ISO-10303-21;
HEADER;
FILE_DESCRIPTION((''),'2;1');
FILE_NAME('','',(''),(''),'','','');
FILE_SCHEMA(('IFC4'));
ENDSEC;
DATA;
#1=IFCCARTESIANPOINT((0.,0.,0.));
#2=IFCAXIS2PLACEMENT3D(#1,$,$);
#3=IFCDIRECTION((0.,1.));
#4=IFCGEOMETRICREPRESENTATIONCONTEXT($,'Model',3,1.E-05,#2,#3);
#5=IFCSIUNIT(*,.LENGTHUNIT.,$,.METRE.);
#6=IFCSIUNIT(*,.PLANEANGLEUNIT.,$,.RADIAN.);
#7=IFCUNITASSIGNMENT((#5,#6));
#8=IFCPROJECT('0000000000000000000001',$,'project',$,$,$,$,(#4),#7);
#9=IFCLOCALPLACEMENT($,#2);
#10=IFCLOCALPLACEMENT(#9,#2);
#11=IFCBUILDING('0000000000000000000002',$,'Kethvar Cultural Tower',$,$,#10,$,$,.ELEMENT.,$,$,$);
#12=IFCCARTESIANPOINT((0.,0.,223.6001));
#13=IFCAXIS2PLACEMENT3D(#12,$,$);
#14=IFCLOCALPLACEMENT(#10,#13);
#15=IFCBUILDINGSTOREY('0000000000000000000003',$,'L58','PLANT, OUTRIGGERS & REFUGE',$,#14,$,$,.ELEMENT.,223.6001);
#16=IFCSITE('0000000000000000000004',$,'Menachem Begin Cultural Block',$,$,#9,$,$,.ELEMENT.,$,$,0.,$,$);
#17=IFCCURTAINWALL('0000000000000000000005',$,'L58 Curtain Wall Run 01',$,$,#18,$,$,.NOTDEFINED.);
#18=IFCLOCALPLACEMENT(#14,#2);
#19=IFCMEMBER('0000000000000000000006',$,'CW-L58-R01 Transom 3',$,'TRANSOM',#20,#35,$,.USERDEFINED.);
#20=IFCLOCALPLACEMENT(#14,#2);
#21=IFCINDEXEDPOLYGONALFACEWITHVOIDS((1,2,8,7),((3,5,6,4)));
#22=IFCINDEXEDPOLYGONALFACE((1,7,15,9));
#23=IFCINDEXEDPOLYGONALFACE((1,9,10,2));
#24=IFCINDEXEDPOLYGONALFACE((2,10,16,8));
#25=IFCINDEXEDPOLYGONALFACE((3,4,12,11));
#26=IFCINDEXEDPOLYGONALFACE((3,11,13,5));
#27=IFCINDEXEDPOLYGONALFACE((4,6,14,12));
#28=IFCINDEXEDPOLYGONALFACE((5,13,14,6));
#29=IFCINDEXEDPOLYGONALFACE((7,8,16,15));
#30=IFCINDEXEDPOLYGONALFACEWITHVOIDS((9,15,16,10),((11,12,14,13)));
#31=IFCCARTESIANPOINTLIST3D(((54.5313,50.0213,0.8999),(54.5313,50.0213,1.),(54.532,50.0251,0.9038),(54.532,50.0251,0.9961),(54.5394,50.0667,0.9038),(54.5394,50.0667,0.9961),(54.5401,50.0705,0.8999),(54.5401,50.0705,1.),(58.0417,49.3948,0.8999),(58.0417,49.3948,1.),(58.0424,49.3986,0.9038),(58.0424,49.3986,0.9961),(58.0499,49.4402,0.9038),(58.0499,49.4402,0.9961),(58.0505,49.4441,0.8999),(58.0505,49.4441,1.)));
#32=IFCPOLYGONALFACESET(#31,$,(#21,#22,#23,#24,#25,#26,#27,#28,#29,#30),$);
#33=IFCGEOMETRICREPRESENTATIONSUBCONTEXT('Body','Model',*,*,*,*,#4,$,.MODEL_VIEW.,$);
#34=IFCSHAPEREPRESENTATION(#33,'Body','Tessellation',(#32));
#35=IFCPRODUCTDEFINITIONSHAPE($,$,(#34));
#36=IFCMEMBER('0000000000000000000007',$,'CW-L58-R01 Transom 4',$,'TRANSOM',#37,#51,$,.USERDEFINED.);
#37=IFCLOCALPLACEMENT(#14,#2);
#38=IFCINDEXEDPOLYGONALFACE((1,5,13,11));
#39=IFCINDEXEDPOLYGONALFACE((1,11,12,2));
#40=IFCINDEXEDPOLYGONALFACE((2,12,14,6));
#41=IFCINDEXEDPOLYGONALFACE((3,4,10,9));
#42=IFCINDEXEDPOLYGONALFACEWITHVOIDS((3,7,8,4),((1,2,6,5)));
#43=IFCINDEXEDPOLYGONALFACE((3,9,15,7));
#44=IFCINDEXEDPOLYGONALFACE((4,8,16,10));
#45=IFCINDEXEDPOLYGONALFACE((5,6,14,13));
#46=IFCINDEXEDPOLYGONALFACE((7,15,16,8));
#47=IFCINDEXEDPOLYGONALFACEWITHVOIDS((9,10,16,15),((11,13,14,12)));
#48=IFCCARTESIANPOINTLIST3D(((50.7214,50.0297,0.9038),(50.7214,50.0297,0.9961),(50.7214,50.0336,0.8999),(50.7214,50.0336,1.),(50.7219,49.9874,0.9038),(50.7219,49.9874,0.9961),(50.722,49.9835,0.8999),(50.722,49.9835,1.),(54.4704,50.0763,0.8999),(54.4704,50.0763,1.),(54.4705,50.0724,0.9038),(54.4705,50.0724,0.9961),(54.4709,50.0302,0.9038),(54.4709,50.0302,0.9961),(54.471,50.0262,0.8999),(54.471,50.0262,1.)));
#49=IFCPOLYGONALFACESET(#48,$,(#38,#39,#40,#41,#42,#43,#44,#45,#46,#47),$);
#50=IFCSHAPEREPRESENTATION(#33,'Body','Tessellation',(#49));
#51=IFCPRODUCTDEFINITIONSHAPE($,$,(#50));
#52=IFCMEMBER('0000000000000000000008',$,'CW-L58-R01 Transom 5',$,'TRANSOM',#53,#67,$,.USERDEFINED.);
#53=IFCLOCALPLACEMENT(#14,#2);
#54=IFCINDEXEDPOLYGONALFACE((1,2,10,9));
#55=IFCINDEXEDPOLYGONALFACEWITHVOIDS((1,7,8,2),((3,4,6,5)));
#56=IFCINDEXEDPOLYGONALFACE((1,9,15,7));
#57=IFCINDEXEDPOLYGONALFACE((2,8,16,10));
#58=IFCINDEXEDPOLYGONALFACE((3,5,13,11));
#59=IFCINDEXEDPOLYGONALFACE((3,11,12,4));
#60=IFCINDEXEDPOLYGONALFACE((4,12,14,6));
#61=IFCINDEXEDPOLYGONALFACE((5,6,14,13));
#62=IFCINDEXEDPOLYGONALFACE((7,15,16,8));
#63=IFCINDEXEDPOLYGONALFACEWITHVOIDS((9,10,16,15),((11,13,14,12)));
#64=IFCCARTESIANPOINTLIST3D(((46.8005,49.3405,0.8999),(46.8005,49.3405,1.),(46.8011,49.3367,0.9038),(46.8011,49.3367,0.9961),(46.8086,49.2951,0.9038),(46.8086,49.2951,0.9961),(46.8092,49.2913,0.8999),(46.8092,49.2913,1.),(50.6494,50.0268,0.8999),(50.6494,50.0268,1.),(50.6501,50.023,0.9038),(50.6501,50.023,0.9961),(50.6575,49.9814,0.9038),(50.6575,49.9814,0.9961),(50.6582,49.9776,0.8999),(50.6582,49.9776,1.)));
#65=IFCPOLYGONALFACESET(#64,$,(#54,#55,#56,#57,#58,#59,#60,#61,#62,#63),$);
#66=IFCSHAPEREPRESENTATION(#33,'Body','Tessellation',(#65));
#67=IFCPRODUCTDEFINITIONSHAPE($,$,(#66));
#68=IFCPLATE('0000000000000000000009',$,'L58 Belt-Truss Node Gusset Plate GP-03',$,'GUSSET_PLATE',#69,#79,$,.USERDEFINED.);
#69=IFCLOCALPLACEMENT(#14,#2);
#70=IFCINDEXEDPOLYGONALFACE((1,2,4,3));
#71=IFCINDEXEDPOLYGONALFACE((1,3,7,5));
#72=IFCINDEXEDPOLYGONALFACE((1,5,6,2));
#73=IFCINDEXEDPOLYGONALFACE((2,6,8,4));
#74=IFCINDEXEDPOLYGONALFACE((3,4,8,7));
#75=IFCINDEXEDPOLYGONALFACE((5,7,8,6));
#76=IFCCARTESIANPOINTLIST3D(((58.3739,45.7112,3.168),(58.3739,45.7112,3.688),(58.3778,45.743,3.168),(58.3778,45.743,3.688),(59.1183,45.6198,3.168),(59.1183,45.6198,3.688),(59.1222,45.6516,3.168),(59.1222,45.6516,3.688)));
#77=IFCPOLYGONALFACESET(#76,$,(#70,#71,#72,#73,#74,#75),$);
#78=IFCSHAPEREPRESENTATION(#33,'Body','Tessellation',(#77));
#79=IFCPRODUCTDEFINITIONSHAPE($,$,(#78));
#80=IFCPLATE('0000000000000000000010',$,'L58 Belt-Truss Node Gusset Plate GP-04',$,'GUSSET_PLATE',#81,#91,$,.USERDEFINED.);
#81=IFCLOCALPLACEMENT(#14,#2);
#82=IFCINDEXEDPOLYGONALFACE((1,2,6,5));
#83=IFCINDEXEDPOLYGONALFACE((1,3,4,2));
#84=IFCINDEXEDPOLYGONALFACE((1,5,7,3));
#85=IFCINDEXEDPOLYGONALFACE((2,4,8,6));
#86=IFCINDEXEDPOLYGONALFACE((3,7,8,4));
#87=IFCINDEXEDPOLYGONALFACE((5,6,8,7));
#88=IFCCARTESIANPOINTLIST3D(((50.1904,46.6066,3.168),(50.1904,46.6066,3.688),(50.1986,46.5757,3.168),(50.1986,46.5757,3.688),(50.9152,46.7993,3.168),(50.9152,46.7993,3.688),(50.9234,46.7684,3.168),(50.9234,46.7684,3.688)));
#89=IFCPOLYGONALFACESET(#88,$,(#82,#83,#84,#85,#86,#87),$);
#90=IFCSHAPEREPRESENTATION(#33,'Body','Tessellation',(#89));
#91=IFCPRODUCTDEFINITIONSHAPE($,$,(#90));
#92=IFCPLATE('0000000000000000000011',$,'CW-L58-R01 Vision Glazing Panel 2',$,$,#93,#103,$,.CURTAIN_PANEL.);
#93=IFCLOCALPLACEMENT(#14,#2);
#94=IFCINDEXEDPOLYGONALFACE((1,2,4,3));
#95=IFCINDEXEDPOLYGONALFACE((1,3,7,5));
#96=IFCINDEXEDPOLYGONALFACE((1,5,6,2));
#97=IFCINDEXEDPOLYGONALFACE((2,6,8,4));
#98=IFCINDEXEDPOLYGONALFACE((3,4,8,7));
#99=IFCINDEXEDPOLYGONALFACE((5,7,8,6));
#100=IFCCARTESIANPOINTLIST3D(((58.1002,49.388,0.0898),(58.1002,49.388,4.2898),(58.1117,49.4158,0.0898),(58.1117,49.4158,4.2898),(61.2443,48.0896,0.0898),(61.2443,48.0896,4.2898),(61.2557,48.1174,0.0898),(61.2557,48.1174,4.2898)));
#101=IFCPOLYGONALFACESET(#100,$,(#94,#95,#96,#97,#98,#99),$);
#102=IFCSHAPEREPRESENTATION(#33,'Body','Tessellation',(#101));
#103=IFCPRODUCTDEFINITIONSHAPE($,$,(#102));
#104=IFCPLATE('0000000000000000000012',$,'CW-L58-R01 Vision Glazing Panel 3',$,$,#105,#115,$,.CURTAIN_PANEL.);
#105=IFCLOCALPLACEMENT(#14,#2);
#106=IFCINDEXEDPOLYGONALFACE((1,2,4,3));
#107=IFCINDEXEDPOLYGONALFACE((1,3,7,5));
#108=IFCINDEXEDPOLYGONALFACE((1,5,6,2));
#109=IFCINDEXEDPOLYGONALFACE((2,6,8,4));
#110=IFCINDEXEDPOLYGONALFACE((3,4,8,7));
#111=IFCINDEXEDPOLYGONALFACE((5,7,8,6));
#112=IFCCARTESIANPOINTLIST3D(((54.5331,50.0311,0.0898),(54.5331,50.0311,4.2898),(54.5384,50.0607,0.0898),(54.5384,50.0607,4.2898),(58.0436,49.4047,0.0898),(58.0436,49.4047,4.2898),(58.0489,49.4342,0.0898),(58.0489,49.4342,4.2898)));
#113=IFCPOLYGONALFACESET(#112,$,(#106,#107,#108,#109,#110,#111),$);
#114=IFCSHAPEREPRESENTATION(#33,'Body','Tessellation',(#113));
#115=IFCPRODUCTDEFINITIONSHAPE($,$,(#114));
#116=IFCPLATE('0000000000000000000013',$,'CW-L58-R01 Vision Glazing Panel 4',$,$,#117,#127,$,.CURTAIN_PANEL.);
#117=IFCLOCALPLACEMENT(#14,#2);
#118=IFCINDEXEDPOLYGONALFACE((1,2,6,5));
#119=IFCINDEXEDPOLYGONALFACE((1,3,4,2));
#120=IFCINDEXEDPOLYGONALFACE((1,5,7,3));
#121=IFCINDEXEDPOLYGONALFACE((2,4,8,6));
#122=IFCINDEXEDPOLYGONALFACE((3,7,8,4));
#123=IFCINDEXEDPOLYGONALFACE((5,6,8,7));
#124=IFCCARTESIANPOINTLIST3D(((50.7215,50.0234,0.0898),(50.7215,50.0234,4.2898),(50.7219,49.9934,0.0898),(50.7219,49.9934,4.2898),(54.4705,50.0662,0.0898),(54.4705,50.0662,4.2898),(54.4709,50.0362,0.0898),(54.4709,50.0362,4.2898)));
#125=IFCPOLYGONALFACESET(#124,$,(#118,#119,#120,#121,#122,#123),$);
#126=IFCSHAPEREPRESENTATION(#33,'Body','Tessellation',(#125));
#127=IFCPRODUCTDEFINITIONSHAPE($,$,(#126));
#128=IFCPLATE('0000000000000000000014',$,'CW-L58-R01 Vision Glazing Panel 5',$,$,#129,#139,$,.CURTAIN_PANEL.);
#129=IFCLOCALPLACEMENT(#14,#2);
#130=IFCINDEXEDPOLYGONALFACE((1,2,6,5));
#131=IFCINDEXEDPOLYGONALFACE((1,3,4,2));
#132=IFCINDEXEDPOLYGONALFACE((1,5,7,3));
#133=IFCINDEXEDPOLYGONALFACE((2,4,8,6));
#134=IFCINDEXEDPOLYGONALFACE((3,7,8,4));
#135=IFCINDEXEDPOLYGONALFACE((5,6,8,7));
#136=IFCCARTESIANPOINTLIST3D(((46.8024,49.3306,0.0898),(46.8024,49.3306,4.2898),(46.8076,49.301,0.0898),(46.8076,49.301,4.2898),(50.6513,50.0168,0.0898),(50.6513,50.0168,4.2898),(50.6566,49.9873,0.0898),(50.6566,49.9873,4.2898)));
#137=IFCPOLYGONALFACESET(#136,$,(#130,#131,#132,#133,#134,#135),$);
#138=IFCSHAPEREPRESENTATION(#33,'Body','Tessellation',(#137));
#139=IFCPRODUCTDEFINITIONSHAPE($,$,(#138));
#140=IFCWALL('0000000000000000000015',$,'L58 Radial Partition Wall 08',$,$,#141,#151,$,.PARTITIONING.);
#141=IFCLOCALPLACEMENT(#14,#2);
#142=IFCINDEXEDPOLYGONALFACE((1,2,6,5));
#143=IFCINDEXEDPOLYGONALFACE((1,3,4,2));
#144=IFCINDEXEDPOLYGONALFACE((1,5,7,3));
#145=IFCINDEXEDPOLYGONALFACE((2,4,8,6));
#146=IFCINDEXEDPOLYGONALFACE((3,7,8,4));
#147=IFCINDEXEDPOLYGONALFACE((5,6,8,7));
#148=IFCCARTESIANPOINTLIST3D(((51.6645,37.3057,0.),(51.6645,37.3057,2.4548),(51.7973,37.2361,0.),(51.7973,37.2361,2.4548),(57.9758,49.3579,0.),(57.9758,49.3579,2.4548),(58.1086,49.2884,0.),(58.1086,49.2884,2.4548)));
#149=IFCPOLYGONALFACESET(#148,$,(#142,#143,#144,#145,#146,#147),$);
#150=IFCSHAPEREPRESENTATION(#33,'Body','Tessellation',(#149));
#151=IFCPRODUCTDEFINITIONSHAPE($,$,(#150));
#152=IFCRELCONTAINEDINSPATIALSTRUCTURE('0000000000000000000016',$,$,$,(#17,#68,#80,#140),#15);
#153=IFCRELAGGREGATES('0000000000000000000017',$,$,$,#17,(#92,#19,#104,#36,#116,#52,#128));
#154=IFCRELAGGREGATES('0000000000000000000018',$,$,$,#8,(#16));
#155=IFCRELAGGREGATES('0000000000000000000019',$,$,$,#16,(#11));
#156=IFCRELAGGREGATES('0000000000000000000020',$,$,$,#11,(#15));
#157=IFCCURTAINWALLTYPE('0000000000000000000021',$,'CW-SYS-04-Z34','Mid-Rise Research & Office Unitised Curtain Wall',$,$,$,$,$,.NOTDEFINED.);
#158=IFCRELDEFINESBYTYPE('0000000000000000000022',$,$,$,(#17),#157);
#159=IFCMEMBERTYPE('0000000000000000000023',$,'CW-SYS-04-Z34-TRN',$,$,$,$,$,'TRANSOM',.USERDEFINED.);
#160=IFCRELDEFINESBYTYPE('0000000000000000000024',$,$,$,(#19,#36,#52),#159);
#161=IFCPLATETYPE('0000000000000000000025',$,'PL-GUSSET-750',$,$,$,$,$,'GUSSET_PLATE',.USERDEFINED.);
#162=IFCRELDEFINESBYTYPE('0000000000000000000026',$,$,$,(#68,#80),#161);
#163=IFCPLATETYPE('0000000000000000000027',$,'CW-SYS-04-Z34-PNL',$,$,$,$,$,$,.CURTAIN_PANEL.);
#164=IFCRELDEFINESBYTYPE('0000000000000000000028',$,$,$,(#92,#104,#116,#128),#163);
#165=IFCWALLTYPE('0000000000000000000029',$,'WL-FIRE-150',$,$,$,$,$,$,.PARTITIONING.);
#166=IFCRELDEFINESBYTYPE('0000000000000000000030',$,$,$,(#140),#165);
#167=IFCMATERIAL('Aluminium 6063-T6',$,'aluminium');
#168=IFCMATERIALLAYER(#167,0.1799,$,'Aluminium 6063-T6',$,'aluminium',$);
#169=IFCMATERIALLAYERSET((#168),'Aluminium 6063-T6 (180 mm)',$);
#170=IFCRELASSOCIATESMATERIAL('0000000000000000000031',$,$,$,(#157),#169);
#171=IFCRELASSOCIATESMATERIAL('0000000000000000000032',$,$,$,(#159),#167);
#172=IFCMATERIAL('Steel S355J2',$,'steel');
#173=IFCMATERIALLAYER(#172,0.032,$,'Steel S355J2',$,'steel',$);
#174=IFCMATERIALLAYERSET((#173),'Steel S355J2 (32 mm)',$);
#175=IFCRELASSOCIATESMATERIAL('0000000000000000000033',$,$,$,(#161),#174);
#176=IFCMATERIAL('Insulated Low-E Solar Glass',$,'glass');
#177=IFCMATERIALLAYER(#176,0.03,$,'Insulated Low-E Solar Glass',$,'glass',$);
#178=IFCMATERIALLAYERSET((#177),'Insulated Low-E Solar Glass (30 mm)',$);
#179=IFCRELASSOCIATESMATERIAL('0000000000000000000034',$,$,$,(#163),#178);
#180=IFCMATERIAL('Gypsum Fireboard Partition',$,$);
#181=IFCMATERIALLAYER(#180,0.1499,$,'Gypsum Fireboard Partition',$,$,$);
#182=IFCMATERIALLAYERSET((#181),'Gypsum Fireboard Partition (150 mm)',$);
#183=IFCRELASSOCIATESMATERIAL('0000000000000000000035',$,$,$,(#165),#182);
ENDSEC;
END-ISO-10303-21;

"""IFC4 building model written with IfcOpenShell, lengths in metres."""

from ifc_helpers import new_model, si_unit, direction, frame, frame_2d, origin, origin_2d, place, context, subcontext, project, spatial, rectangle, hollow_rectangle, extrude, source, transform, mapped, material, layer, layer_set, material_profile, profile_set, type_object, element, aggregate, save


model = new_model("IFC4")

# Units and contexts
model_context = context("Model", 3, precision=1e-05, world=origin(), true_north=direction((0.0, 1.0)))
body_context = subcontext(model_context, "Body", "Model", "MODEL_VIEW")
ifc_project = project(units=[si_unit("LENGTHUNIT", "METRE"), si_unit("PLANEANGLEUNIT", "RADIAN")], contexts=[model_context])

# Site, building, storey
site_placement = place(None, origin())
site = spatial("IfcSite", under=ifc_project, at=site_placement, Name="Menachem Begin Cultural Block", CompositionType="ELEMENT", RefElevation=0.0)
building_placement = place(site_placement, origin())
building = spatial("IfcBuilding", under=site, at=building_placement, Name="Kethvar Cultural Tower", CompositionType="ELEMENT")
storey_placement = place(building_placement, frame((0.0, 0.0, 223.6001)))
storey = spatial("IfcBuildingStorey", under=building, at=storey_placement, Name="L58", Description="PLANT, OUTRIGGERS & REFUGE", CompositionType="ELEMENT", Elevation=223.6001)

# Shared definitions
ifc_material_1 = material(Name="Steel S355J2", Category="steel")

# Curtain wall, members
ifc_material_2 = material(Name="Aluminium 6063-T6", Category="aluminium")
ifc_layer_1 = layer(ifc_material_2, 0.1799, Name="Aluminium 6063-T6", Category="aluminium")
ifc_layer_set_1 = layer_set([ifc_layer_1], Name="Aluminium 6063-T6 (180 mm)")
curtain_wall_type = type_object("IfcCurtainWallType", Name="CW-SYS-04-Z34", Description="Mid-Rise Research & Office Unitised Curtain Wall", PredefinedType="NOTDEFINED", material=ifc_layer_set_1)
curtain_wall_placement = place(storey_placement, origin())
curtain_wall = element("IfcCurtainWall", 1, at=curtain_wall_placement, inside=storey, type_object=curtain_wall_type, Name="L58 Curtain Wall Run 01", PredefinedType="NOTDEFINED")
ifc_material_profile_1 = material_profile(ifc_material_2, hollow_rectangle(XDim=0.05, YDim=0.1001, WallThickness=0.0039, at=origin_2d()), Name="Aluminium 6063-T6 — RHS100x50x4")
ifc_profile_set_1 = profile_set([ifc_material_profile_1], Name="Aluminium 6063-T6 — RHS100x50x4")
member_type_1 = type_object("IfcMemberType", Name="CW-SYS-04-Z34-TRN", ElementType="TRANSOM", PredefinedType="USERDEFINED", material=ifc_profile_set_1)
shared_shape_1 = source(origin(), body_context, "Body", "SweptSolid", [
    extrude(hollow_rectangle(XDim=0.05, YDim=0.1001, WallThickness=0.0039, at=origin_2d()), origin(), (0.0, 0.0, 1.0), 3.5659),
])
member_1_placement = place(storey_placement, frame((58.0461, 49.4194, 0.95), z_axis=(-0.984447, 0.175679, 0.0), x_axis=(-0.175679, -0.984447, 0.0)))
member_1 = element("IfcMember", 2, at=member_1_placement, type_object=member_type_1, Name="CW-L58-R01 Transom 3", ObjectType="TRANSOM", PredefinedType="USERDEFINED", context=body_context, shape_type="MappedRepresentation", body=[
    mapped(shared_shape_1, transform((0.0, 0.0, 0.0), scale=1.0)),
])
shared_shape_2 = source(origin(), body_context, "Body", "SweptSolid", [
    extrude(hollow_rectangle(XDim=0.05, YDim=0.1001, WallThickness=0.0039, at=origin_2d()), origin(), (0.0, 0.0, 1.0), 3.7493),
])
member_2_placement = place(storey_placement, frame((54.4707, 50.0513, 0.95), z_axis=(-0.999935, -0.011395, 0.0), x_axis=(0.011395, -0.999935, 0.0)))
member_2 = element("IfcMember", 3, at=member_2_placement, type_object=member_type_1, Name="CW-L58-R01 Transom 4", ObjectType="TRANSOM", PredefinedType="USERDEFINED", context=body_context, shape_type="MappedRepresentation", body=[
    mapped(shared_shape_2, transform((0.0, 0.0, 0.0), scale=1.0)),
])
shared_shape_3 = source(origin(), body_context, "Body", "SweptSolid", [
    extrude(hollow_rectangle(XDim=0.05, YDim=0.1001, WallThickness=0.0039, at=origin_2d()), origin(), (0.0, 0.0, 1.0), 3.9097),
])
member_3_placement = place(storey_placement, frame((50.6538, 50.0022, 0.95), z_axis=(-0.984473, -0.175538, 0.0), x_axis=(0.175538, -0.984473, 0.0)))
member_3 = element("IfcMember", 4, at=member_3_placement, type_object=member_type_1, Name="CW-L58-R01 Transom 5", ObjectType="TRANSOM", PredefinedType="USERDEFINED", context=body_context, shape_type="MappedRepresentation", body=[
    mapped(shared_shape_3, transform((0.0, 0.0, 0.0), scale=1.0)),
])

# Plates
ifc_layer_2 = layer(ifc_material_1, 0.032, Name="Steel S355J2", Category="steel")
ifc_layer_set_2 = layer_set([ifc_layer_2], Name="Steel S355J2 (32 mm)")
plate_type_1 = type_object("IfcPlateType", Name="PL-GUSSET-750", ElementType="GUSSET_PLATE", PredefinedType="USERDEFINED", material=ifc_layer_set_2)
shared_shape_4 = source(origin(), body_context, "Body", "SweptSolid", [
    extrude(rectangle(XDim=0.75, YDim=0.032, at=origin_2d()), origin(), (0.0, 0.0, 1.0), 0.52),
])
for number, where, z_axis, x_axis, name in (
    (5, (58.748, 45.6814, 3.168), (0.0, 0.0, 1.0), (-0.992544, 0.121888, 0.0), "L58 Belt-Truss Node Gusset Plate GP-03"),
    (6, (50.5569, 46.6875, 3.168), (0.0, 0.0, 1.0), (-0.966397, -0.257054, 0.0), "L58 Belt-Truss Node Gusset Plate GP-04"),
):
    element("IfcPlate", number, at=place(storey_placement, frame(where, z_axis=z_axis, x_axis=x_axis)), inside=storey, type_object=plate_type_1, Name=name, ObjectType="GUSSET_PLATE", PredefinedType="USERDEFINED", context=body_context, shape_type="MappedRepresentation", body=[
        mapped(shared_shape_4, transform((0.0, 0.0, 0.0), scale=1.0)),
    ])

# Plates
ifc_material_3 = material(Name="Insulated Low-E Solar Glass", Category="glass")
ifc_layer_3 = layer(ifc_material_3, 0.03, Name="Insulated Low-E Solar Glass", Category="glass")
ifc_layer_set_3 = layer_set([ifc_layer_3], Name="Insulated Low-E Solar Glass (30 mm)")
plate_type_2 = type_object("IfcPlateType", Name="CW-SYS-04-Z34-PNL", PredefinedType="CURTAIN_PANEL", material=ifc_layer_set_3)
shared_shape_5 = source(origin(), body_context, "Body", "SweptSolid", [
    extrude(rectangle(XDim=3.4016, YDim=0.03, at=origin_2d()), origin(), (0.0, 0.0, 1.0), 4.2),
])
plate_1_placement = place(storey_placement, frame((59.678, 48.7527, 0.0898), z_axis=(0.0, 0.0, 1.0), x_axis=(-0.924286, 0.3817, 0.0)))
plate_1 = element("IfcPlate", 7, at=plate_1_placement, type_object=plate_type_2, Name="CW-L58-R01 Vision Glazing Panel 2", PredefinedType="CURTAIN_PANEL", context=body_context, shape_type="MappedRepresentation", body=[
    mapped(shared_shape_5, transform((0.0, 0.0, 0.0), scale=1.0)),
])
shared_shape_6 = source(origin(), body_context, "Body", "SweptSolid", [
    extrude(rectangle(XDim=3.5659, YDim=0.03, at=origin_2d()), origin(), (0.0, 0.0, 1.0), 4.2),
])
plate_2_placement = place(storey_placement, frame((56.291, 49.7327, 0.0898), z_axis=(0.0, 0.0, 1.0), x_axis=(-0.984448, 0.175676, 0.0)))
plate_2 = element("IfcPlate", 8, at=plate_2_placement, type_object=plate_type_2, Name="CW-L58-R01 Vision Glazing Panel 3", PredefinedType="CURTAIN_PANEL", context=body_context, shape_type="MappedRepresentation", body=[
    mapped(shared_shape_6, transform((0.0, 0.0, 0.0), scale=1.0)),
])
shared_shape_7 = source(origin(), body_context, "Body", "SweptSolid", [
    extrude(rectangle(XDim=3.7493, YDim=0.03, at=origin_2d()), origin(), (0.0, 0.0, 1.0), 4.2),
])
plate_3_placement = place(storey_placement, frame((52.5962, 50.0298, 0.0898), z_axis=(0.0, 0.0, 1.0), x_axis=(-0.999935, -0.011414, 0.0)))
plate_3 = element("IfcPlate", 9, at=plate_3_placement, type_object=plate_type_2, Name="CW-L58-R01 Vision Glazing Panel 4", PredefinedType="CURTAIN_PANEL", context=body_context, shape_type="MappedRepresentation", body=[
    mapped(shared_shape_7, transform((0.0, 0.0, 0.0), scale=1.0)),
])
shared_shape_8 = source(origin(), body_context, "Body", "SweptSolid", [
    extrude(rectangle(XDim=3.9097, YDim=0.03, at=origin_2d()), origin(), (0.0, 0.0, 1.0), 4.2),
])
plate_4_placement = place(storey_placement, frame((48.7295, 49.6589, 0.0898), z_axis=(0.0, 0.0, 1.0), x_axis=(-0.984476, -0.175521, 0.0)))
plate_4 = element("IfcPlate", 10, at=plate_4_placement, type_object=plate_type_2, Name="CW-L58-R01 Vision Glazing Panel 5", PredefinedType="CURTAIN_PANEL", context=body_context, shape_type="MappedRepresentation", body=[
    mapped(shared_shape_8, transform((0.0, 0.0, 0.0), scale=1.0)),
])
aggregate(curtain_wall, [plate_1, member_1, plate_2, member_2, plate_3, member_3, plate_4])

# Wall
ifc_material_4 = material(Name="Gypsum Fireboard Partition")
ifc_layer_4 = layer(ifc_material_4, 0.1499, Name="Gypsum Fireboard Partition")
ifc_layer_set_4 = layer_set([ifc_layer_4], Name="Gypsum Fireboard Partition (150 mm)")
wall_type = type_object("IfcWallType", Name="WL-FIRE-150", PredefinedType="PARTITIONING", material=ifc_layer_set_4)
wall_placement = place(storey_placement, frame((51.731, 37.271, 0.0), z_axis=(0.0, 0.0, 1.0), x_axis=(0.463903, 0.885886, 0.0)))
element("IfcWall", 11, at=wall_placement, inside=storey, type_object=wall_type, Name="L58 Radial Partition Wall 08", PredefinedType="PARTITIONING", context=body_context, shape_type="SweptSolid", body=[
    extrude(rectangle(XDim=13.6047, YDim=0.1499, at=frame_2d((6.8022, 0.0))), origin(), (0.0, 0.0, 1.0), 2.4548),
])

save(model, "model.ifc")
